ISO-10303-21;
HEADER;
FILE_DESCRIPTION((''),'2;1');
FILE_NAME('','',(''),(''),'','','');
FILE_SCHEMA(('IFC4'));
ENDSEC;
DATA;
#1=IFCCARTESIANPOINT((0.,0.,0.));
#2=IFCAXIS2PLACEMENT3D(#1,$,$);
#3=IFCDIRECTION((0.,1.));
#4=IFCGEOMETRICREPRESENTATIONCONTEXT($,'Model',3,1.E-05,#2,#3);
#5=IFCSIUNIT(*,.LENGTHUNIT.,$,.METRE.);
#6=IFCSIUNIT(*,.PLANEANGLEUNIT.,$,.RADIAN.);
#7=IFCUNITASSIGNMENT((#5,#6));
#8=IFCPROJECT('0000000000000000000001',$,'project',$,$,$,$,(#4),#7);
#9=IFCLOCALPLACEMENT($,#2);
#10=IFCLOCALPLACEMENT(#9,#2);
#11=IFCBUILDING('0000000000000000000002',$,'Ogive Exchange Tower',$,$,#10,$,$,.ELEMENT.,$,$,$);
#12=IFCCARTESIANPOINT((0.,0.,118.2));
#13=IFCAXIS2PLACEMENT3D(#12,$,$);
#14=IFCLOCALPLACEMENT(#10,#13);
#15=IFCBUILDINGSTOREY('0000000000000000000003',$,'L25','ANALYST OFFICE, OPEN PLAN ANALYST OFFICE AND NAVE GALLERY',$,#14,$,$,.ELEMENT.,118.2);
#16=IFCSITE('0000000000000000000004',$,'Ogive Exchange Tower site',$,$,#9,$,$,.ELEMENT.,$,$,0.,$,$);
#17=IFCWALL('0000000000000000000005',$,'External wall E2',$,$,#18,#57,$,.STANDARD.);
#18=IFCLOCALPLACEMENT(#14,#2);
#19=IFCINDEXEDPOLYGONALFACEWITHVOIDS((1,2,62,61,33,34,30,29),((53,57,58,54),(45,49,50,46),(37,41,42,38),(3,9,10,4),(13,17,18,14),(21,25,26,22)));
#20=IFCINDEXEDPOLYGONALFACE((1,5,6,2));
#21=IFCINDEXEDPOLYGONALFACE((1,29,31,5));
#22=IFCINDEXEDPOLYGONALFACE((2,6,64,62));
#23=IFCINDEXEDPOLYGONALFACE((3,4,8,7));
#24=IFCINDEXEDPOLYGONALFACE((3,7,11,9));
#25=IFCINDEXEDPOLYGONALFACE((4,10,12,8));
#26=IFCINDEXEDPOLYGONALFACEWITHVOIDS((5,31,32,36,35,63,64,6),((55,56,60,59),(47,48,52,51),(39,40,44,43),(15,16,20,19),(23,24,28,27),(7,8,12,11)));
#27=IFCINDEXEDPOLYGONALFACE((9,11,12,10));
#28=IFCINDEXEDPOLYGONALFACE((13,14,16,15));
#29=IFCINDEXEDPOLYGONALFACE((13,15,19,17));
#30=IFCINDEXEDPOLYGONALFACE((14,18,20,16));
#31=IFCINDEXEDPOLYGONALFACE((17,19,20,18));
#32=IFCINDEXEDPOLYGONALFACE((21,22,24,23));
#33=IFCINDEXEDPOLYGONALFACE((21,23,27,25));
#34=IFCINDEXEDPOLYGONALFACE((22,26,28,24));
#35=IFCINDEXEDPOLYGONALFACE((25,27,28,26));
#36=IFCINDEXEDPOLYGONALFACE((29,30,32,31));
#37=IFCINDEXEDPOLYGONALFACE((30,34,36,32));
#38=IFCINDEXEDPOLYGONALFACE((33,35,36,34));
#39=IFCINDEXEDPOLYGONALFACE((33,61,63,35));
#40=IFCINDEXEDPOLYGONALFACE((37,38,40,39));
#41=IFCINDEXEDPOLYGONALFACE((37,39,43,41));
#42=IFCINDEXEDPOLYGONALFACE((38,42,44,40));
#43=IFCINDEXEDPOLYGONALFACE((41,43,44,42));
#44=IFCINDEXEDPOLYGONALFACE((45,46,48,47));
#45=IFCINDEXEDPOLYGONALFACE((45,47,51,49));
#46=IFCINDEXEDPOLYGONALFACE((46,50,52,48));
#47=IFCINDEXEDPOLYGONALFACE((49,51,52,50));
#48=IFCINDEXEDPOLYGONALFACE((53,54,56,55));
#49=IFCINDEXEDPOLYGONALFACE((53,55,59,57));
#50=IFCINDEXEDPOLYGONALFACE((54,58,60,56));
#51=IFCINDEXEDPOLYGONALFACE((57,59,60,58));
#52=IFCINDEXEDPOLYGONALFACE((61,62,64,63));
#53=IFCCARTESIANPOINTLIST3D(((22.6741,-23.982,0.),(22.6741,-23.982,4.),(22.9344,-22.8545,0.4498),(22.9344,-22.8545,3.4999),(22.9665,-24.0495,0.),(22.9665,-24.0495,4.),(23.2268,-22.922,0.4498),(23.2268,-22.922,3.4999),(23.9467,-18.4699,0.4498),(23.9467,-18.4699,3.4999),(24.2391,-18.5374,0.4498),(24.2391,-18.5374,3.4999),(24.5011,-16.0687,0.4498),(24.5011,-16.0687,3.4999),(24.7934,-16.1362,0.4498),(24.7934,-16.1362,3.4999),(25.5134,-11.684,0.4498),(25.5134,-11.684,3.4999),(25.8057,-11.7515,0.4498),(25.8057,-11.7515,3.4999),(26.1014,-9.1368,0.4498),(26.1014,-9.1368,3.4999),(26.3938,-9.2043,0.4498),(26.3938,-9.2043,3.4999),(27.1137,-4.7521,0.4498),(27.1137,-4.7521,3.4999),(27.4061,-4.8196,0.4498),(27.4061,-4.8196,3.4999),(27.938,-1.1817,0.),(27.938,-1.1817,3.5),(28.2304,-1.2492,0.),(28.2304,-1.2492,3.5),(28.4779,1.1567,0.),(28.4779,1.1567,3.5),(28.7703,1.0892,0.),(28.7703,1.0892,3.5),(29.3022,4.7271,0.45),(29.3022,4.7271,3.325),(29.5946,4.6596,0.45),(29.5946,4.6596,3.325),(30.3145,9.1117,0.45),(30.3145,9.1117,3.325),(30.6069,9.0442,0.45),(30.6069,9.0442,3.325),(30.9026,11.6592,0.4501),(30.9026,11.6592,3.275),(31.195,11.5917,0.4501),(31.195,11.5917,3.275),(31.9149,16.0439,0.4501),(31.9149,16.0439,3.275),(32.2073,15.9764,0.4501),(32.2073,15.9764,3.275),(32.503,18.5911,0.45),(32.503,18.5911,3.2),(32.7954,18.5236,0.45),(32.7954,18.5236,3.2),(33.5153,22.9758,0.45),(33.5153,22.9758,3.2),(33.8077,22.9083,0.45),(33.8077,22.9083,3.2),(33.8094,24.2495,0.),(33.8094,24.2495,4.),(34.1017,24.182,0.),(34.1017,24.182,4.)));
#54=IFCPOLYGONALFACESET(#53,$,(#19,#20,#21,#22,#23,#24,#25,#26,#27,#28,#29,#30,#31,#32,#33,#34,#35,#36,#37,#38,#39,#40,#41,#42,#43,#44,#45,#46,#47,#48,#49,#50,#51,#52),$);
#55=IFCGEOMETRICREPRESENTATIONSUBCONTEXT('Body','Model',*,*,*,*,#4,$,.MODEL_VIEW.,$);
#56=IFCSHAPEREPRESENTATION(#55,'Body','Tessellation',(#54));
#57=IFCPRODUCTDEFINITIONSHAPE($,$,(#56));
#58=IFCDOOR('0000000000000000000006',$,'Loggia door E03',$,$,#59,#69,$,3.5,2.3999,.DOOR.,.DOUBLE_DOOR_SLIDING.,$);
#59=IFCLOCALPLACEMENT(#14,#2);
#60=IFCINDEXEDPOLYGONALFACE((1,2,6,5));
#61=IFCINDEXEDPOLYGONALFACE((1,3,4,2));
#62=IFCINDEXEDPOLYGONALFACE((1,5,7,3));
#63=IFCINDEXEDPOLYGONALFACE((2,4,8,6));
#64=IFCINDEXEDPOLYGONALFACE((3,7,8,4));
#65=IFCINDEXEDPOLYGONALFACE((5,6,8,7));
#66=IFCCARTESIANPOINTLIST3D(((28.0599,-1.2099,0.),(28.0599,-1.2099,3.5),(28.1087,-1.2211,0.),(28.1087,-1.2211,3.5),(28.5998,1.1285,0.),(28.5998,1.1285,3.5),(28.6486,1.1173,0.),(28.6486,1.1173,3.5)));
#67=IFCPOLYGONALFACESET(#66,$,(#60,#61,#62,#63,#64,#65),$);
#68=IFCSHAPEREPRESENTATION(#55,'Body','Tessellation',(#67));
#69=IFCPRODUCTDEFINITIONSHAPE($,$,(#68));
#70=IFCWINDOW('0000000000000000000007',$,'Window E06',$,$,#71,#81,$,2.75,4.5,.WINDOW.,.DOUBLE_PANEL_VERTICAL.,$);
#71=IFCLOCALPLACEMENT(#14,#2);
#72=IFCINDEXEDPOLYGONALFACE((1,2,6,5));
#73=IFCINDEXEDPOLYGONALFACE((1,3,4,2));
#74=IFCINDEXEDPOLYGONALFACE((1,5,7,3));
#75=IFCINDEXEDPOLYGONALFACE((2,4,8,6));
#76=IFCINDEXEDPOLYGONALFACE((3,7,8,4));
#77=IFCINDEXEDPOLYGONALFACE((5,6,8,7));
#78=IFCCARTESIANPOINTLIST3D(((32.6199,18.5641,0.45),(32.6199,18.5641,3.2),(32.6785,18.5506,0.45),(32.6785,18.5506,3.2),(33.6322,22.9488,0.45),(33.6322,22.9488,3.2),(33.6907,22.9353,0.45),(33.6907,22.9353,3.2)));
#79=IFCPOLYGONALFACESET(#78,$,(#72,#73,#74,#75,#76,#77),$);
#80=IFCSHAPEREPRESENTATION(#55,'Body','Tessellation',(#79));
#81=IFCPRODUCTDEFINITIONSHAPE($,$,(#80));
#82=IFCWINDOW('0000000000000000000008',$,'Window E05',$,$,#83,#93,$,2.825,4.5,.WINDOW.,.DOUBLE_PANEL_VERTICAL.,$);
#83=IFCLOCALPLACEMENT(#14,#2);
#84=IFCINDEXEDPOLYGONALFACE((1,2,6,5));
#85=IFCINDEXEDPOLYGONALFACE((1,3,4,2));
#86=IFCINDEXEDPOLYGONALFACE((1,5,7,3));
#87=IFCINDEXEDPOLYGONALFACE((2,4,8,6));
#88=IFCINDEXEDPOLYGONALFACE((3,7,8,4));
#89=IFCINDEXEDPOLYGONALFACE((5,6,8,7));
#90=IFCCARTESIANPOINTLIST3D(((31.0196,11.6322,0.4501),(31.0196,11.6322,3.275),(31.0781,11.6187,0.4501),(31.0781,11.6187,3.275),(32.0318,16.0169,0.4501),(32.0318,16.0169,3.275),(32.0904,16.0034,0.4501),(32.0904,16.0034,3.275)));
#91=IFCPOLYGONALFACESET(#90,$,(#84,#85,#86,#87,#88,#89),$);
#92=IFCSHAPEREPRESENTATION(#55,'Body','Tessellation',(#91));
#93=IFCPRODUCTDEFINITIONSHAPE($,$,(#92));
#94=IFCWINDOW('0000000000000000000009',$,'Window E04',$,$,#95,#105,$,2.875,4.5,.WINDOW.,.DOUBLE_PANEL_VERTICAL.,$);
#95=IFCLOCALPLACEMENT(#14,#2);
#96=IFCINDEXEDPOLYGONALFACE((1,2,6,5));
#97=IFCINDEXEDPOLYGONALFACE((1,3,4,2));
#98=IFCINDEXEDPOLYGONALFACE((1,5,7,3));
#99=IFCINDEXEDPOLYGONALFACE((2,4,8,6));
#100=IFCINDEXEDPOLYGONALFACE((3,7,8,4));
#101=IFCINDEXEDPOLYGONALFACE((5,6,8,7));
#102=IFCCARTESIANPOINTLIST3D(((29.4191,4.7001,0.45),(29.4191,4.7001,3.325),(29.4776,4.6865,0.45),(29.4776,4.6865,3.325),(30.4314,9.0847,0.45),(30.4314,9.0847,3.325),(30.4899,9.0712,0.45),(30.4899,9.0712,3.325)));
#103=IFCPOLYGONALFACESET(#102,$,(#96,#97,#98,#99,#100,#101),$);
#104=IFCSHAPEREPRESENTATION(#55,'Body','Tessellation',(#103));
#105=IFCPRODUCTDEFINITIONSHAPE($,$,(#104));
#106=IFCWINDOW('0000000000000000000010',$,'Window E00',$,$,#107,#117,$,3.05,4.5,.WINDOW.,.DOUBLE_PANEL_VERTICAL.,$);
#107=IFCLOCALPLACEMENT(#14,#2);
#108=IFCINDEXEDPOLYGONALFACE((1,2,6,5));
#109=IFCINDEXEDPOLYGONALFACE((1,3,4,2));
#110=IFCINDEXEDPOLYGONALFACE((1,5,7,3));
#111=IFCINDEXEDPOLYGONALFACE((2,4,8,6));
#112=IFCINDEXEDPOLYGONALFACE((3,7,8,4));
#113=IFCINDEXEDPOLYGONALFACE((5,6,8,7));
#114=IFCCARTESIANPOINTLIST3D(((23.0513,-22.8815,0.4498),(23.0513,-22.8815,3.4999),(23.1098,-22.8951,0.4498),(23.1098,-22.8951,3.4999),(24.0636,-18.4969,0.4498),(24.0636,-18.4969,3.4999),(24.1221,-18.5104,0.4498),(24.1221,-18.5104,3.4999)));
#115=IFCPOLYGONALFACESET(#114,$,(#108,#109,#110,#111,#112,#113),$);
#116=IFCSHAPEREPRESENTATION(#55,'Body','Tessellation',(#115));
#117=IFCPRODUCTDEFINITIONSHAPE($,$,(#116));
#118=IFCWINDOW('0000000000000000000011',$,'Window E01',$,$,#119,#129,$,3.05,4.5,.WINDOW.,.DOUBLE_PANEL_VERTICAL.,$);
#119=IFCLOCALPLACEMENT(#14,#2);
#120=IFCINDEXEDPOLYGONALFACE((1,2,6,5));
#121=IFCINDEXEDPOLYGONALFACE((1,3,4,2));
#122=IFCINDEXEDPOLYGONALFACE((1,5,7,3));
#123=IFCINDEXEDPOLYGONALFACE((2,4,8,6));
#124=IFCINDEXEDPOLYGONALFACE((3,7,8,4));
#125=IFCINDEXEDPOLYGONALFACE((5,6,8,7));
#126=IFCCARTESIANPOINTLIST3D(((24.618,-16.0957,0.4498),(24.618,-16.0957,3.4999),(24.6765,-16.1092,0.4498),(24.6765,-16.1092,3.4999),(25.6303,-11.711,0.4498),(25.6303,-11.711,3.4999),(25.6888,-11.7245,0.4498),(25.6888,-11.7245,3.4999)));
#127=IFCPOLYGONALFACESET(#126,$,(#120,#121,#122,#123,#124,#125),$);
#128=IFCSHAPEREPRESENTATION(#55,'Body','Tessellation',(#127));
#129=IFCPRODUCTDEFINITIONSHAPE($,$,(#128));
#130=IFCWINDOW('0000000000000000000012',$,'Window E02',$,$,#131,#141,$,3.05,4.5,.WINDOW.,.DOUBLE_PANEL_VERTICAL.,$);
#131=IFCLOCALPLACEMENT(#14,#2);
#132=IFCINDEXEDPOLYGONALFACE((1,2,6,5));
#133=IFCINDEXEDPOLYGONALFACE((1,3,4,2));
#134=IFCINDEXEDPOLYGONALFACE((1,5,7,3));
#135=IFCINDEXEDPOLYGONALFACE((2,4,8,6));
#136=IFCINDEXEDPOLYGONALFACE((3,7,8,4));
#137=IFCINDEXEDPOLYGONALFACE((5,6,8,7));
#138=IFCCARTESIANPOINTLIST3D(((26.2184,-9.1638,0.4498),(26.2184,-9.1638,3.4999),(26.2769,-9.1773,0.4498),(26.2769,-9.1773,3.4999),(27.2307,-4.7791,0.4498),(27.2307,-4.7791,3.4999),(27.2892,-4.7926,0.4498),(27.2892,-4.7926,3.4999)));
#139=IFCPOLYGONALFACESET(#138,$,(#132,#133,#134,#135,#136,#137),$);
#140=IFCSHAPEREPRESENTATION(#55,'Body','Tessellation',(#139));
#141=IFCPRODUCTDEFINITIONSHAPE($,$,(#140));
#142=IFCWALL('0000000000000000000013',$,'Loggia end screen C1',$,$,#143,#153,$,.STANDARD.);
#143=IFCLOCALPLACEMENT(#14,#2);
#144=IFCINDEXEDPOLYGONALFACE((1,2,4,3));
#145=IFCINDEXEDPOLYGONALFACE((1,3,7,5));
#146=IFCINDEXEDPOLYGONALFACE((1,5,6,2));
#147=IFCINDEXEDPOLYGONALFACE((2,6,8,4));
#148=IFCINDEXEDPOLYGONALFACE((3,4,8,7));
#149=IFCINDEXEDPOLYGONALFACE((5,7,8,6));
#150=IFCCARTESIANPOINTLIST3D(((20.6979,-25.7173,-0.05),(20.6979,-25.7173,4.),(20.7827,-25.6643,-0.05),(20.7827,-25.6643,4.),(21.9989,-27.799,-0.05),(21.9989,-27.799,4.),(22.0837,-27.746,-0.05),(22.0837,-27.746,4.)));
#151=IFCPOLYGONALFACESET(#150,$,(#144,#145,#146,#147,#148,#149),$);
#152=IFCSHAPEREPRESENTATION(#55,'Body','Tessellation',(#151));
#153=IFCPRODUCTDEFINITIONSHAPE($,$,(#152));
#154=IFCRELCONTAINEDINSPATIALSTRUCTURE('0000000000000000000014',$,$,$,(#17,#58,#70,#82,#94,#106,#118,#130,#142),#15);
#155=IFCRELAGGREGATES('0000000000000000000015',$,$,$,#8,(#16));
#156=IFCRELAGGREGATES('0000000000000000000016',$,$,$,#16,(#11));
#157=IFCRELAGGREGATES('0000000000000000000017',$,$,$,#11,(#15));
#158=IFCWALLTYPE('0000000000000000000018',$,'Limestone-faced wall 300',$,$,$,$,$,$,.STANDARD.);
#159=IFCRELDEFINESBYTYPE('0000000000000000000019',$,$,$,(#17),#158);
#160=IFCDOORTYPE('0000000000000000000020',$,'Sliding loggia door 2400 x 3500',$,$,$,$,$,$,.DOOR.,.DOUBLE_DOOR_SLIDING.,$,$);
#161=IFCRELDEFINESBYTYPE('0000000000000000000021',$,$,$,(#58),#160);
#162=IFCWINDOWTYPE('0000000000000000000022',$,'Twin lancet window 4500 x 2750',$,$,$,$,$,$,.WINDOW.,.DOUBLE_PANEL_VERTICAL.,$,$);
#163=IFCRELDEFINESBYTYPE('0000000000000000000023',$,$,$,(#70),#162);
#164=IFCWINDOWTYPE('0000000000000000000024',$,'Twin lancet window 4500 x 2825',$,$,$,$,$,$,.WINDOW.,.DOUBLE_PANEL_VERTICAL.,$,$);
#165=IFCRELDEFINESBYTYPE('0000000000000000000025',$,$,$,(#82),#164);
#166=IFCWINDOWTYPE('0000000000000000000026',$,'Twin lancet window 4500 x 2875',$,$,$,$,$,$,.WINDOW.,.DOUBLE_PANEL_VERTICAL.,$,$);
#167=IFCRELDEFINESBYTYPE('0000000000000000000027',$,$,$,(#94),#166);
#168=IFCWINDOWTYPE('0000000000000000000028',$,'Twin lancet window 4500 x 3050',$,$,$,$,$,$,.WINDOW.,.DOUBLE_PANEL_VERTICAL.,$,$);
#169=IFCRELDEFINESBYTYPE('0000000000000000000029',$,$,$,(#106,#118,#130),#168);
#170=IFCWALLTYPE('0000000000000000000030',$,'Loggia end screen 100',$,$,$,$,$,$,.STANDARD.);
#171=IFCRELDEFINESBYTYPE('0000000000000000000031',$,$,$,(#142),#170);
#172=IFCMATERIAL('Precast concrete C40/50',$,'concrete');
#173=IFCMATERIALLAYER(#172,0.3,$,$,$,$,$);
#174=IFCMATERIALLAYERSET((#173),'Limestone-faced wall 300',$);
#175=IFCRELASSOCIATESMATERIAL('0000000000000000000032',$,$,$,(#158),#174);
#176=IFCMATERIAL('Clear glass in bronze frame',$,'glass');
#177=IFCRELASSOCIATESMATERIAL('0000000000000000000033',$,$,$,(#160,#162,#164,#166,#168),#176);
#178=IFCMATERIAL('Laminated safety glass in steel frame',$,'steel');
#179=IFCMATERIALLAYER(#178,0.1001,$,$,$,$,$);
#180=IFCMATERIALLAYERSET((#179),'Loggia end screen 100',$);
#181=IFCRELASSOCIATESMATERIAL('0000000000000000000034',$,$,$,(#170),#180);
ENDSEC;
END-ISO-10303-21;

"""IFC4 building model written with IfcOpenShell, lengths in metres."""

from ifc_helpers import new_model, si_unit, direction, frame, frame_2d, origin, place, context, subcontext, project, spatial, rectangle, extrude, material, layer, layer_set, type_object, element, fill, save


model = new_model("IFC4")

# Units and contexts
model_context = context("Model", 3, precision=1e-05, world=origin(), true_north=direction((0.0, 1.0)))
body_context = subcontext(model_context, "Body", "Model", "MODEL_VIEW")
ifc_project = project(units=[si_unit("LENGTHUNIT", "METRE"), si_unit("PLANEANGLEUNIT", "RADIAN")], contexts=[model_context])

# Site, building, storey
site_placement = place(None, origin())
site = spatial("IfcSite", under=ifc_project, at=site_placement, Name="Ogive Exchange Tower site", CompositionType="ELEMENT", RefElevation=0.0)
building_placement = place(site_placement, origin())
building = spatial("IfcBuilding", under=site, at=building_placement, Name="Ogive Exchange Tower", CompositionType="ELEMENT")
storey_placement = place(building_placement, frame((0.0, 0.0, 118.2)))
storey = spatial("IfcBuildingStorey", under=building, at=storey_placement, Name="L25", Description="ANALYST OFFICE, OPEN PLAN ANALYST OFFICE AND NAVE GALLERY", CompositionType="ELEMENT", Elevation=118.2)

# Wall, openings, door, windows
ifc_material_1 = material(Name="Precast concrete C40/50", Category="concrete")
ifc_layer_1 = layer(ifc_material_1, 0.3)
ifc_layer_set_1 = layer_set([ifc_layer_1], Name="Limestone-faced wall 300")
wall_type_1 = type_object("IfcWallType", Name="Limestone-faced wall 300", PredefinedType="STANDARD", material=ifc_layer_set_1)
wall_1_placement = place(storey_placement, frame((22.8203, -24.0156, 0.0), z_axis=(0.0, 0.0, 1.0), x_axis=(0.224954, 0.974369, 0.0)))
wall_1 = element("IfcWall", 1, at=wall_1_placement, inside=storey, type_object=wall_type_1, Name="External wall E2", PredefinedType="STANDARD", context=body_context, shape_type="SweptSolid", body=[
    extrude(rectangle(XDim=49.5002, YDim=0.3, at=frame_2d((24.75, 0.0))), origin(), (0.0, 0.0, 1.0), 4.0),
])
opening_1_placement = place(wall_1_placement, frame((1.157, 0.0, 0.45)))
opening_1 = element("IfcOpeningElement", 2, at=opening_1_placement, cuts=wall_1, PredefinedType="OPENING", context=body_context, shape_type="SweptSolid", body=[
    extrude(rectangle(XDim=4.5, YDim=3.05, at=frame_2d((2.25, 1.5249))), frame((0.0, 0.1599, 0.0), z_axis=(0.0, -1.0, 0.0), x_axis=(1.0, 0.0, 0.0)), (0.0, 0.0, 1.0), 0.3201),
])
opening_2_placement = place(wall_1_placement, frame((8.1213, 0.0, 0.45)))
opening_2 = element("IfcOpeningElement", 3, at=opening_2_placement, cuts=wall_1, PredefinedType="OPENING", context=body_context, shape_type="SweptSolid", body=[
    extrude(rectangle(XDim=4.5, YDim=3.05, at=frame_2d((2.25, 1.5249))), frame((0.0, 0.1599, 0.0), z_axis=(0.0, -1.0, 0.0), x_axis=(1.0, 0.0, 0.0)), (0.0, 0.0, 1.0), 0.3201),
])
opening_3_placement = place(wall_1_placement, frame((15.2356, 0.0, 0.45)))
opening_3 = element("IfcOpeningElement", 4, at=opening_3_placement, cuts=wall_1, PredefinedType="OPENING", context=body_context, shape_type="SweptSolid", body=[
    extrude(rectangle(XDim=4.5, YDim=3.05, at=frame_2d((2.25, 1.5249))), frame((0.0, 0.1599, 0.0), z_axis=(0.0, -1.0, 0.0), x_axis=(1.0, 0.0, 0.0)), (0.0, 0.0, 1.0), 0.3201),
])
opening_4_placement = place(wall_1_placement, frame((23.3999, 0.0, 0.0)))
opening_4 = element("IfcOpeningElement", 5, at=opening_4_placement, cuts=wall_1, PredefinedType="OPENING", context=body_context, shape_type="SweptSolid", body=[
    extrude(rectangle(XDim=2.3999, YDim=3.5, at=frame_2d((1.2, 1.75))), frame((0.0, 0.1599, 0.0), z_axis=(0.0, -1.0, 0.0), x_axis=(1.0, 0.0, 0.0)), (0.0, 0.0, 1.0), 0.3201),
])
opening_5_placement = place(wall_1_placement, frame((29.4641, 0.0, 0.45)))
opening_5 = element("IfcOpeningElement", 6, at=opening_5_placement, cuts=wall_1, PredefinedType="OPENING", context=body_context, shape_type="SweptSolid", body=[
    extrude(rectangle(XDim=4.5, YDim=2.875, at=frame_2d((2.25, 1.4375))), frame((0.0, 0.1599, 0.0), z_axis=(0.0, -1.0, 0.0), x_axis=(1.0, 0.0, 0.0)), (0.0, 0.0, 1.0), 0.3201),
])
opening_6_placement = place(wall_1_placement, frame((36.5786, 0.0, 0.45)))
opening_6 = element("IfcOpeningElement", 7, at=opening_6_placement, cuts=wall_1, PredefinedType="OPENING", context=body_context, shape_type="SweptSolid", body=[
    extrude(rectangle(XDim=4.5, YDim=2.825, at=frame_2d((2.25, 1.4126))), frame((0.0, 0.1599, 0.0), z_axis=(0.0, -1.0, 0.0), x_axis=(1.0, 0.0, 0.0)), (0.0, 0.0, 1.0), 0.3201),
])
opening_7_placement = place(wall_1_placement, frame((43.6929, 0.0, 0.45)))
opening_7 = element("IfcOpeningElement", 8, at=opening_7_placement, cuts=wall_1, PredefinedType="OPENING", context=body_context, shape_type="SweptSolid", body=[
    extrude(rectangle(XDim=4.5, YDim=2.75, at=frame_2d((2.25, 1.375))), frame((0.0, 0.1599, 0.0), z_axis=(0.0, -1.0, 0.0), x_axis=(1.0, 0.0, 0.0)), (0.0, 0.0, 1.0), 0.3201),
])
ifc_material_2 = material(Name="Clear glass in bronze frame", Category="glass")
door_type = type_object("IfcDoorType", Name="Sliding loggia door 2400 x 3500", OperationType="DOUBLE_DOOR_SLIDING", PredefinedType="DOOR", material=ifc_material_2)
door_placement = place(opening_4_placement, origin())
door = element("IfcDoor", 9, at=door_placement, inside=storey, type_object=door_type, Name="Loggia door E03", OperationType="DOUBLE_DOOR_SLIDING", OverallHeight=3.5, OverallWidth=2.3999, PredefinedType="DOOR", context=body_context, shape_type="SweptSolid", body=[
    extrude(rectangle(XDim=2.3999, YDim=3.5, at=frame_2d((1.2, 1.75))), frame((0.0, 0.0249, 0.0), z_axis=(0.0, -1.0, 0.0), x_axis=(1.0, 0.0, 0.0)), (0.0, 0.0, 1.0), 0.05),
])
fill(opening_4, door)
window_type_1 = type_object("IfcWindowType", Name="Twin lancet window 4500 x 2750", PartitioningType="DOUBLE_PANEL_VERTICAL", PredefinedType="WINDOW", material=ifc_material_2)
window_1_placement = place(opening_7_placement, origin())
window_1 = element("IfcWindow", 10, at=window_1_placement, inside=storey, type_object=window_type_1, Name="Window E06", OverallHeight=2.75, OverallWidth=4.5, PartitioningType="DOUBLE_PANEL_VERTICAL", PredefinedType="WINDOW", context=body_context, shape_type="SweptSolid", body=[
    extrude(rectangle(XDim=4.5, YDim=2.75, at=frame_2d((2.25, 1.375))), frame((0.0, 0.03, 0.0), z_axis=(0.0, -1.0, 0.0), x_axis=(1.0, 0.0, 0.0)), (0.0, 0.0, 1.0), 0.0601),
])
fill(opening_7, window_1)
window_type_2 = type_object("IfcWindowType", Name="Twin lancet window 4500 x 2825", PartitioningType="DOUBLE_PANEL_VERTICAL", PredefinedType="WINDOW", material=ifc_material_2)
window_2_placement = place(opening_6_placement, origin())
window_2 = element("IfcWindow", 11, at=window_2_placement, inside=storey, type_object=window_type_2, Name="Window E05", OverallHeight=2.825, OverallWidth=4.5, PartitioningType="DOUBLE_PANEL_VERTICAL", PredefinedType="WINDOW", context=body_context, shape_type="SweptSolid", body=[
    extrude(rectangle(XDim=4.5, YDim=2.825, at=frame_2d((2.25, 1.4126))), frame((0.0, 0.03, 0.0), z_axis=(0.0, -1.0, 0.0), x_axis=(1.0, 0.0, 0.0)), (0.0, 0.0, 1.0), 0.0601),
])
fill(opening_6, window_2)
window_type_3 = type_object("IfcWindowType", Name="Twin lancet window 4500 x 2875", PartitioningType="DOUBLE_PANEL_VERTICAL", PredefinedType="WINDOW", material=ifc_material_2)
window_3_placement = place(opening_5_placement, origin())
window_3 = element("IfcWindow", 12, at=window_3_placement, inside=storey, type_object=window_type_3, Name="Window E04", OverallHeight=2.875, OverallWidth=4.5, PartitioningType="DOUBLE_PANEL_VERTICAL", PredefinedType="WINDOW", context=body_context, shape_type="SweptSolid", body=[
    extrude(rectangle(XDim=4.5, YDim=2.875, at=frame_2d((2.25, 1.4375))), frame((0.0, 0.03, 0.0), z_axis=(0.0, -1.0, 0.0), x_axis=(1.0, 0.0, 0.0)), (0.0, 0.0, 1.0), 0.0601),
])
fill(opening_5, window_3)
window_type_4 = type_object("IfcWindowType", Name="Twin lancet window 4500 x 3050", PartitioningType="DOUBLE_PANEL_VERTICAL", PredefinedType="WINDOW", material=ifc_material_2)
window_4_placement = place(opening_1_placement, origin())
window_4 = element("IfcWindow", 13, at=window_4_placement, inside=storey, type_object=window_type_4, Name="Window E00", OverallHeight=3.05, OverallWidth=4.5, PartitioningType="DOUBLE_PANEL_VERTICAL", PredefinedType="WINDOW", context=body_context, shape_type="SweptSolid", body=[
    extrude(rectangle(XDim=4.5, YDim=3.05, at=frame_2d((2.25, 1.5249))), frame((0.0, 0.03, 0.0), z_axis=(0.0, -1.0, 0.0), x_axis=(1.0, 0.0, 0.0)), (0.0, 0.0, 1.0), 0.0601),
])
fill(opening_1, window_4)
window_5_placement = place(opening_2_placement, origin())
window_5 = element("IfcWindow", 14, at=window_5_placement, inside=storey, type_object=window_type_4, Name="Window E01", OverallHeight=3.05, OverallWidth=4.5, PartitioningType="DOUBLE_PANEL_VERTICAL", PredefinedType="WINDOW", context=body_context, shape_type="SweptSolid", body=[
    extrude(rectangle(XDim=4.5, YDim=3.05, at=frame_2d((2.25, 1.5249))), frame((0.0, 0.03, 0.0), z_axis=(0.0, -1.0, 0.0), x_axis=(1.0, 0.0, 0.0)), (0.0, 0.0, 1.0), 0.0601),
])
fill(opening_2, window_5)
window_6_placement = place(opening_3_placement, origin())
window_6 = element("IfcWindow", 15, at=window_6_placement, inside=storey, type_object=window_type_4, Name="Window E02", OverallHeight=3.05, OverallWidth=4.5, PartitioningType="DOUBLE_PANEL_VERTICAL", PredefinedType="WINDOW", context=body_context, shape_type="SweptSolid", body=[
    extrude(rectangle(XDim=4.5, YDim=3.05, at=frame_2d((2.25, 1.5249))), frame((0.0, 0.03, 0.0), z_axis=(0.0, -1.0, 0.0), x_axis=(1.0, 0.0, 0.0)), (0.0, 0.0, 1.0), 0.0601),
])
fill(opening_3, window_6)

# Wall
ifc_material_3 = material(Name="Laminated safety glass in steel frame", Category="steel")
ifc_layer_2 = layer(ifc_material_3, 0.1001)
ifc_layer_set_2 = layer_set([ifc_layer_2], Name="Loggia end screen 100")
wall_type_2 = type_object("IfcWallType", Name="Loggia end screen 100", PredefinedType="STANDARD", material=ifc_layer_set_2)
wall_2_placement = place(storey_placement, frame((20.7402, -25.6907, -0.05), z_axis=(0.0, 0.0, 1.0), x_axis=(0.529972, -0.848015, 0.0)))
element("IfcWall", 16, at=wall_2_placement, inside=storey, type_object=wall_type_2, Name="Loggia end screen C1", PredefinedType="STANDARD", context=body_context, shape_type="SweptSolid", body=[
    extrude(rectangle(XDim=2.4548, YDim=0.1001, at=frame_2d((1.2275, 0.0))), origin(), (0.0, 0.0, 1.0), 4.05),
])

save(model, "model.ifc")
